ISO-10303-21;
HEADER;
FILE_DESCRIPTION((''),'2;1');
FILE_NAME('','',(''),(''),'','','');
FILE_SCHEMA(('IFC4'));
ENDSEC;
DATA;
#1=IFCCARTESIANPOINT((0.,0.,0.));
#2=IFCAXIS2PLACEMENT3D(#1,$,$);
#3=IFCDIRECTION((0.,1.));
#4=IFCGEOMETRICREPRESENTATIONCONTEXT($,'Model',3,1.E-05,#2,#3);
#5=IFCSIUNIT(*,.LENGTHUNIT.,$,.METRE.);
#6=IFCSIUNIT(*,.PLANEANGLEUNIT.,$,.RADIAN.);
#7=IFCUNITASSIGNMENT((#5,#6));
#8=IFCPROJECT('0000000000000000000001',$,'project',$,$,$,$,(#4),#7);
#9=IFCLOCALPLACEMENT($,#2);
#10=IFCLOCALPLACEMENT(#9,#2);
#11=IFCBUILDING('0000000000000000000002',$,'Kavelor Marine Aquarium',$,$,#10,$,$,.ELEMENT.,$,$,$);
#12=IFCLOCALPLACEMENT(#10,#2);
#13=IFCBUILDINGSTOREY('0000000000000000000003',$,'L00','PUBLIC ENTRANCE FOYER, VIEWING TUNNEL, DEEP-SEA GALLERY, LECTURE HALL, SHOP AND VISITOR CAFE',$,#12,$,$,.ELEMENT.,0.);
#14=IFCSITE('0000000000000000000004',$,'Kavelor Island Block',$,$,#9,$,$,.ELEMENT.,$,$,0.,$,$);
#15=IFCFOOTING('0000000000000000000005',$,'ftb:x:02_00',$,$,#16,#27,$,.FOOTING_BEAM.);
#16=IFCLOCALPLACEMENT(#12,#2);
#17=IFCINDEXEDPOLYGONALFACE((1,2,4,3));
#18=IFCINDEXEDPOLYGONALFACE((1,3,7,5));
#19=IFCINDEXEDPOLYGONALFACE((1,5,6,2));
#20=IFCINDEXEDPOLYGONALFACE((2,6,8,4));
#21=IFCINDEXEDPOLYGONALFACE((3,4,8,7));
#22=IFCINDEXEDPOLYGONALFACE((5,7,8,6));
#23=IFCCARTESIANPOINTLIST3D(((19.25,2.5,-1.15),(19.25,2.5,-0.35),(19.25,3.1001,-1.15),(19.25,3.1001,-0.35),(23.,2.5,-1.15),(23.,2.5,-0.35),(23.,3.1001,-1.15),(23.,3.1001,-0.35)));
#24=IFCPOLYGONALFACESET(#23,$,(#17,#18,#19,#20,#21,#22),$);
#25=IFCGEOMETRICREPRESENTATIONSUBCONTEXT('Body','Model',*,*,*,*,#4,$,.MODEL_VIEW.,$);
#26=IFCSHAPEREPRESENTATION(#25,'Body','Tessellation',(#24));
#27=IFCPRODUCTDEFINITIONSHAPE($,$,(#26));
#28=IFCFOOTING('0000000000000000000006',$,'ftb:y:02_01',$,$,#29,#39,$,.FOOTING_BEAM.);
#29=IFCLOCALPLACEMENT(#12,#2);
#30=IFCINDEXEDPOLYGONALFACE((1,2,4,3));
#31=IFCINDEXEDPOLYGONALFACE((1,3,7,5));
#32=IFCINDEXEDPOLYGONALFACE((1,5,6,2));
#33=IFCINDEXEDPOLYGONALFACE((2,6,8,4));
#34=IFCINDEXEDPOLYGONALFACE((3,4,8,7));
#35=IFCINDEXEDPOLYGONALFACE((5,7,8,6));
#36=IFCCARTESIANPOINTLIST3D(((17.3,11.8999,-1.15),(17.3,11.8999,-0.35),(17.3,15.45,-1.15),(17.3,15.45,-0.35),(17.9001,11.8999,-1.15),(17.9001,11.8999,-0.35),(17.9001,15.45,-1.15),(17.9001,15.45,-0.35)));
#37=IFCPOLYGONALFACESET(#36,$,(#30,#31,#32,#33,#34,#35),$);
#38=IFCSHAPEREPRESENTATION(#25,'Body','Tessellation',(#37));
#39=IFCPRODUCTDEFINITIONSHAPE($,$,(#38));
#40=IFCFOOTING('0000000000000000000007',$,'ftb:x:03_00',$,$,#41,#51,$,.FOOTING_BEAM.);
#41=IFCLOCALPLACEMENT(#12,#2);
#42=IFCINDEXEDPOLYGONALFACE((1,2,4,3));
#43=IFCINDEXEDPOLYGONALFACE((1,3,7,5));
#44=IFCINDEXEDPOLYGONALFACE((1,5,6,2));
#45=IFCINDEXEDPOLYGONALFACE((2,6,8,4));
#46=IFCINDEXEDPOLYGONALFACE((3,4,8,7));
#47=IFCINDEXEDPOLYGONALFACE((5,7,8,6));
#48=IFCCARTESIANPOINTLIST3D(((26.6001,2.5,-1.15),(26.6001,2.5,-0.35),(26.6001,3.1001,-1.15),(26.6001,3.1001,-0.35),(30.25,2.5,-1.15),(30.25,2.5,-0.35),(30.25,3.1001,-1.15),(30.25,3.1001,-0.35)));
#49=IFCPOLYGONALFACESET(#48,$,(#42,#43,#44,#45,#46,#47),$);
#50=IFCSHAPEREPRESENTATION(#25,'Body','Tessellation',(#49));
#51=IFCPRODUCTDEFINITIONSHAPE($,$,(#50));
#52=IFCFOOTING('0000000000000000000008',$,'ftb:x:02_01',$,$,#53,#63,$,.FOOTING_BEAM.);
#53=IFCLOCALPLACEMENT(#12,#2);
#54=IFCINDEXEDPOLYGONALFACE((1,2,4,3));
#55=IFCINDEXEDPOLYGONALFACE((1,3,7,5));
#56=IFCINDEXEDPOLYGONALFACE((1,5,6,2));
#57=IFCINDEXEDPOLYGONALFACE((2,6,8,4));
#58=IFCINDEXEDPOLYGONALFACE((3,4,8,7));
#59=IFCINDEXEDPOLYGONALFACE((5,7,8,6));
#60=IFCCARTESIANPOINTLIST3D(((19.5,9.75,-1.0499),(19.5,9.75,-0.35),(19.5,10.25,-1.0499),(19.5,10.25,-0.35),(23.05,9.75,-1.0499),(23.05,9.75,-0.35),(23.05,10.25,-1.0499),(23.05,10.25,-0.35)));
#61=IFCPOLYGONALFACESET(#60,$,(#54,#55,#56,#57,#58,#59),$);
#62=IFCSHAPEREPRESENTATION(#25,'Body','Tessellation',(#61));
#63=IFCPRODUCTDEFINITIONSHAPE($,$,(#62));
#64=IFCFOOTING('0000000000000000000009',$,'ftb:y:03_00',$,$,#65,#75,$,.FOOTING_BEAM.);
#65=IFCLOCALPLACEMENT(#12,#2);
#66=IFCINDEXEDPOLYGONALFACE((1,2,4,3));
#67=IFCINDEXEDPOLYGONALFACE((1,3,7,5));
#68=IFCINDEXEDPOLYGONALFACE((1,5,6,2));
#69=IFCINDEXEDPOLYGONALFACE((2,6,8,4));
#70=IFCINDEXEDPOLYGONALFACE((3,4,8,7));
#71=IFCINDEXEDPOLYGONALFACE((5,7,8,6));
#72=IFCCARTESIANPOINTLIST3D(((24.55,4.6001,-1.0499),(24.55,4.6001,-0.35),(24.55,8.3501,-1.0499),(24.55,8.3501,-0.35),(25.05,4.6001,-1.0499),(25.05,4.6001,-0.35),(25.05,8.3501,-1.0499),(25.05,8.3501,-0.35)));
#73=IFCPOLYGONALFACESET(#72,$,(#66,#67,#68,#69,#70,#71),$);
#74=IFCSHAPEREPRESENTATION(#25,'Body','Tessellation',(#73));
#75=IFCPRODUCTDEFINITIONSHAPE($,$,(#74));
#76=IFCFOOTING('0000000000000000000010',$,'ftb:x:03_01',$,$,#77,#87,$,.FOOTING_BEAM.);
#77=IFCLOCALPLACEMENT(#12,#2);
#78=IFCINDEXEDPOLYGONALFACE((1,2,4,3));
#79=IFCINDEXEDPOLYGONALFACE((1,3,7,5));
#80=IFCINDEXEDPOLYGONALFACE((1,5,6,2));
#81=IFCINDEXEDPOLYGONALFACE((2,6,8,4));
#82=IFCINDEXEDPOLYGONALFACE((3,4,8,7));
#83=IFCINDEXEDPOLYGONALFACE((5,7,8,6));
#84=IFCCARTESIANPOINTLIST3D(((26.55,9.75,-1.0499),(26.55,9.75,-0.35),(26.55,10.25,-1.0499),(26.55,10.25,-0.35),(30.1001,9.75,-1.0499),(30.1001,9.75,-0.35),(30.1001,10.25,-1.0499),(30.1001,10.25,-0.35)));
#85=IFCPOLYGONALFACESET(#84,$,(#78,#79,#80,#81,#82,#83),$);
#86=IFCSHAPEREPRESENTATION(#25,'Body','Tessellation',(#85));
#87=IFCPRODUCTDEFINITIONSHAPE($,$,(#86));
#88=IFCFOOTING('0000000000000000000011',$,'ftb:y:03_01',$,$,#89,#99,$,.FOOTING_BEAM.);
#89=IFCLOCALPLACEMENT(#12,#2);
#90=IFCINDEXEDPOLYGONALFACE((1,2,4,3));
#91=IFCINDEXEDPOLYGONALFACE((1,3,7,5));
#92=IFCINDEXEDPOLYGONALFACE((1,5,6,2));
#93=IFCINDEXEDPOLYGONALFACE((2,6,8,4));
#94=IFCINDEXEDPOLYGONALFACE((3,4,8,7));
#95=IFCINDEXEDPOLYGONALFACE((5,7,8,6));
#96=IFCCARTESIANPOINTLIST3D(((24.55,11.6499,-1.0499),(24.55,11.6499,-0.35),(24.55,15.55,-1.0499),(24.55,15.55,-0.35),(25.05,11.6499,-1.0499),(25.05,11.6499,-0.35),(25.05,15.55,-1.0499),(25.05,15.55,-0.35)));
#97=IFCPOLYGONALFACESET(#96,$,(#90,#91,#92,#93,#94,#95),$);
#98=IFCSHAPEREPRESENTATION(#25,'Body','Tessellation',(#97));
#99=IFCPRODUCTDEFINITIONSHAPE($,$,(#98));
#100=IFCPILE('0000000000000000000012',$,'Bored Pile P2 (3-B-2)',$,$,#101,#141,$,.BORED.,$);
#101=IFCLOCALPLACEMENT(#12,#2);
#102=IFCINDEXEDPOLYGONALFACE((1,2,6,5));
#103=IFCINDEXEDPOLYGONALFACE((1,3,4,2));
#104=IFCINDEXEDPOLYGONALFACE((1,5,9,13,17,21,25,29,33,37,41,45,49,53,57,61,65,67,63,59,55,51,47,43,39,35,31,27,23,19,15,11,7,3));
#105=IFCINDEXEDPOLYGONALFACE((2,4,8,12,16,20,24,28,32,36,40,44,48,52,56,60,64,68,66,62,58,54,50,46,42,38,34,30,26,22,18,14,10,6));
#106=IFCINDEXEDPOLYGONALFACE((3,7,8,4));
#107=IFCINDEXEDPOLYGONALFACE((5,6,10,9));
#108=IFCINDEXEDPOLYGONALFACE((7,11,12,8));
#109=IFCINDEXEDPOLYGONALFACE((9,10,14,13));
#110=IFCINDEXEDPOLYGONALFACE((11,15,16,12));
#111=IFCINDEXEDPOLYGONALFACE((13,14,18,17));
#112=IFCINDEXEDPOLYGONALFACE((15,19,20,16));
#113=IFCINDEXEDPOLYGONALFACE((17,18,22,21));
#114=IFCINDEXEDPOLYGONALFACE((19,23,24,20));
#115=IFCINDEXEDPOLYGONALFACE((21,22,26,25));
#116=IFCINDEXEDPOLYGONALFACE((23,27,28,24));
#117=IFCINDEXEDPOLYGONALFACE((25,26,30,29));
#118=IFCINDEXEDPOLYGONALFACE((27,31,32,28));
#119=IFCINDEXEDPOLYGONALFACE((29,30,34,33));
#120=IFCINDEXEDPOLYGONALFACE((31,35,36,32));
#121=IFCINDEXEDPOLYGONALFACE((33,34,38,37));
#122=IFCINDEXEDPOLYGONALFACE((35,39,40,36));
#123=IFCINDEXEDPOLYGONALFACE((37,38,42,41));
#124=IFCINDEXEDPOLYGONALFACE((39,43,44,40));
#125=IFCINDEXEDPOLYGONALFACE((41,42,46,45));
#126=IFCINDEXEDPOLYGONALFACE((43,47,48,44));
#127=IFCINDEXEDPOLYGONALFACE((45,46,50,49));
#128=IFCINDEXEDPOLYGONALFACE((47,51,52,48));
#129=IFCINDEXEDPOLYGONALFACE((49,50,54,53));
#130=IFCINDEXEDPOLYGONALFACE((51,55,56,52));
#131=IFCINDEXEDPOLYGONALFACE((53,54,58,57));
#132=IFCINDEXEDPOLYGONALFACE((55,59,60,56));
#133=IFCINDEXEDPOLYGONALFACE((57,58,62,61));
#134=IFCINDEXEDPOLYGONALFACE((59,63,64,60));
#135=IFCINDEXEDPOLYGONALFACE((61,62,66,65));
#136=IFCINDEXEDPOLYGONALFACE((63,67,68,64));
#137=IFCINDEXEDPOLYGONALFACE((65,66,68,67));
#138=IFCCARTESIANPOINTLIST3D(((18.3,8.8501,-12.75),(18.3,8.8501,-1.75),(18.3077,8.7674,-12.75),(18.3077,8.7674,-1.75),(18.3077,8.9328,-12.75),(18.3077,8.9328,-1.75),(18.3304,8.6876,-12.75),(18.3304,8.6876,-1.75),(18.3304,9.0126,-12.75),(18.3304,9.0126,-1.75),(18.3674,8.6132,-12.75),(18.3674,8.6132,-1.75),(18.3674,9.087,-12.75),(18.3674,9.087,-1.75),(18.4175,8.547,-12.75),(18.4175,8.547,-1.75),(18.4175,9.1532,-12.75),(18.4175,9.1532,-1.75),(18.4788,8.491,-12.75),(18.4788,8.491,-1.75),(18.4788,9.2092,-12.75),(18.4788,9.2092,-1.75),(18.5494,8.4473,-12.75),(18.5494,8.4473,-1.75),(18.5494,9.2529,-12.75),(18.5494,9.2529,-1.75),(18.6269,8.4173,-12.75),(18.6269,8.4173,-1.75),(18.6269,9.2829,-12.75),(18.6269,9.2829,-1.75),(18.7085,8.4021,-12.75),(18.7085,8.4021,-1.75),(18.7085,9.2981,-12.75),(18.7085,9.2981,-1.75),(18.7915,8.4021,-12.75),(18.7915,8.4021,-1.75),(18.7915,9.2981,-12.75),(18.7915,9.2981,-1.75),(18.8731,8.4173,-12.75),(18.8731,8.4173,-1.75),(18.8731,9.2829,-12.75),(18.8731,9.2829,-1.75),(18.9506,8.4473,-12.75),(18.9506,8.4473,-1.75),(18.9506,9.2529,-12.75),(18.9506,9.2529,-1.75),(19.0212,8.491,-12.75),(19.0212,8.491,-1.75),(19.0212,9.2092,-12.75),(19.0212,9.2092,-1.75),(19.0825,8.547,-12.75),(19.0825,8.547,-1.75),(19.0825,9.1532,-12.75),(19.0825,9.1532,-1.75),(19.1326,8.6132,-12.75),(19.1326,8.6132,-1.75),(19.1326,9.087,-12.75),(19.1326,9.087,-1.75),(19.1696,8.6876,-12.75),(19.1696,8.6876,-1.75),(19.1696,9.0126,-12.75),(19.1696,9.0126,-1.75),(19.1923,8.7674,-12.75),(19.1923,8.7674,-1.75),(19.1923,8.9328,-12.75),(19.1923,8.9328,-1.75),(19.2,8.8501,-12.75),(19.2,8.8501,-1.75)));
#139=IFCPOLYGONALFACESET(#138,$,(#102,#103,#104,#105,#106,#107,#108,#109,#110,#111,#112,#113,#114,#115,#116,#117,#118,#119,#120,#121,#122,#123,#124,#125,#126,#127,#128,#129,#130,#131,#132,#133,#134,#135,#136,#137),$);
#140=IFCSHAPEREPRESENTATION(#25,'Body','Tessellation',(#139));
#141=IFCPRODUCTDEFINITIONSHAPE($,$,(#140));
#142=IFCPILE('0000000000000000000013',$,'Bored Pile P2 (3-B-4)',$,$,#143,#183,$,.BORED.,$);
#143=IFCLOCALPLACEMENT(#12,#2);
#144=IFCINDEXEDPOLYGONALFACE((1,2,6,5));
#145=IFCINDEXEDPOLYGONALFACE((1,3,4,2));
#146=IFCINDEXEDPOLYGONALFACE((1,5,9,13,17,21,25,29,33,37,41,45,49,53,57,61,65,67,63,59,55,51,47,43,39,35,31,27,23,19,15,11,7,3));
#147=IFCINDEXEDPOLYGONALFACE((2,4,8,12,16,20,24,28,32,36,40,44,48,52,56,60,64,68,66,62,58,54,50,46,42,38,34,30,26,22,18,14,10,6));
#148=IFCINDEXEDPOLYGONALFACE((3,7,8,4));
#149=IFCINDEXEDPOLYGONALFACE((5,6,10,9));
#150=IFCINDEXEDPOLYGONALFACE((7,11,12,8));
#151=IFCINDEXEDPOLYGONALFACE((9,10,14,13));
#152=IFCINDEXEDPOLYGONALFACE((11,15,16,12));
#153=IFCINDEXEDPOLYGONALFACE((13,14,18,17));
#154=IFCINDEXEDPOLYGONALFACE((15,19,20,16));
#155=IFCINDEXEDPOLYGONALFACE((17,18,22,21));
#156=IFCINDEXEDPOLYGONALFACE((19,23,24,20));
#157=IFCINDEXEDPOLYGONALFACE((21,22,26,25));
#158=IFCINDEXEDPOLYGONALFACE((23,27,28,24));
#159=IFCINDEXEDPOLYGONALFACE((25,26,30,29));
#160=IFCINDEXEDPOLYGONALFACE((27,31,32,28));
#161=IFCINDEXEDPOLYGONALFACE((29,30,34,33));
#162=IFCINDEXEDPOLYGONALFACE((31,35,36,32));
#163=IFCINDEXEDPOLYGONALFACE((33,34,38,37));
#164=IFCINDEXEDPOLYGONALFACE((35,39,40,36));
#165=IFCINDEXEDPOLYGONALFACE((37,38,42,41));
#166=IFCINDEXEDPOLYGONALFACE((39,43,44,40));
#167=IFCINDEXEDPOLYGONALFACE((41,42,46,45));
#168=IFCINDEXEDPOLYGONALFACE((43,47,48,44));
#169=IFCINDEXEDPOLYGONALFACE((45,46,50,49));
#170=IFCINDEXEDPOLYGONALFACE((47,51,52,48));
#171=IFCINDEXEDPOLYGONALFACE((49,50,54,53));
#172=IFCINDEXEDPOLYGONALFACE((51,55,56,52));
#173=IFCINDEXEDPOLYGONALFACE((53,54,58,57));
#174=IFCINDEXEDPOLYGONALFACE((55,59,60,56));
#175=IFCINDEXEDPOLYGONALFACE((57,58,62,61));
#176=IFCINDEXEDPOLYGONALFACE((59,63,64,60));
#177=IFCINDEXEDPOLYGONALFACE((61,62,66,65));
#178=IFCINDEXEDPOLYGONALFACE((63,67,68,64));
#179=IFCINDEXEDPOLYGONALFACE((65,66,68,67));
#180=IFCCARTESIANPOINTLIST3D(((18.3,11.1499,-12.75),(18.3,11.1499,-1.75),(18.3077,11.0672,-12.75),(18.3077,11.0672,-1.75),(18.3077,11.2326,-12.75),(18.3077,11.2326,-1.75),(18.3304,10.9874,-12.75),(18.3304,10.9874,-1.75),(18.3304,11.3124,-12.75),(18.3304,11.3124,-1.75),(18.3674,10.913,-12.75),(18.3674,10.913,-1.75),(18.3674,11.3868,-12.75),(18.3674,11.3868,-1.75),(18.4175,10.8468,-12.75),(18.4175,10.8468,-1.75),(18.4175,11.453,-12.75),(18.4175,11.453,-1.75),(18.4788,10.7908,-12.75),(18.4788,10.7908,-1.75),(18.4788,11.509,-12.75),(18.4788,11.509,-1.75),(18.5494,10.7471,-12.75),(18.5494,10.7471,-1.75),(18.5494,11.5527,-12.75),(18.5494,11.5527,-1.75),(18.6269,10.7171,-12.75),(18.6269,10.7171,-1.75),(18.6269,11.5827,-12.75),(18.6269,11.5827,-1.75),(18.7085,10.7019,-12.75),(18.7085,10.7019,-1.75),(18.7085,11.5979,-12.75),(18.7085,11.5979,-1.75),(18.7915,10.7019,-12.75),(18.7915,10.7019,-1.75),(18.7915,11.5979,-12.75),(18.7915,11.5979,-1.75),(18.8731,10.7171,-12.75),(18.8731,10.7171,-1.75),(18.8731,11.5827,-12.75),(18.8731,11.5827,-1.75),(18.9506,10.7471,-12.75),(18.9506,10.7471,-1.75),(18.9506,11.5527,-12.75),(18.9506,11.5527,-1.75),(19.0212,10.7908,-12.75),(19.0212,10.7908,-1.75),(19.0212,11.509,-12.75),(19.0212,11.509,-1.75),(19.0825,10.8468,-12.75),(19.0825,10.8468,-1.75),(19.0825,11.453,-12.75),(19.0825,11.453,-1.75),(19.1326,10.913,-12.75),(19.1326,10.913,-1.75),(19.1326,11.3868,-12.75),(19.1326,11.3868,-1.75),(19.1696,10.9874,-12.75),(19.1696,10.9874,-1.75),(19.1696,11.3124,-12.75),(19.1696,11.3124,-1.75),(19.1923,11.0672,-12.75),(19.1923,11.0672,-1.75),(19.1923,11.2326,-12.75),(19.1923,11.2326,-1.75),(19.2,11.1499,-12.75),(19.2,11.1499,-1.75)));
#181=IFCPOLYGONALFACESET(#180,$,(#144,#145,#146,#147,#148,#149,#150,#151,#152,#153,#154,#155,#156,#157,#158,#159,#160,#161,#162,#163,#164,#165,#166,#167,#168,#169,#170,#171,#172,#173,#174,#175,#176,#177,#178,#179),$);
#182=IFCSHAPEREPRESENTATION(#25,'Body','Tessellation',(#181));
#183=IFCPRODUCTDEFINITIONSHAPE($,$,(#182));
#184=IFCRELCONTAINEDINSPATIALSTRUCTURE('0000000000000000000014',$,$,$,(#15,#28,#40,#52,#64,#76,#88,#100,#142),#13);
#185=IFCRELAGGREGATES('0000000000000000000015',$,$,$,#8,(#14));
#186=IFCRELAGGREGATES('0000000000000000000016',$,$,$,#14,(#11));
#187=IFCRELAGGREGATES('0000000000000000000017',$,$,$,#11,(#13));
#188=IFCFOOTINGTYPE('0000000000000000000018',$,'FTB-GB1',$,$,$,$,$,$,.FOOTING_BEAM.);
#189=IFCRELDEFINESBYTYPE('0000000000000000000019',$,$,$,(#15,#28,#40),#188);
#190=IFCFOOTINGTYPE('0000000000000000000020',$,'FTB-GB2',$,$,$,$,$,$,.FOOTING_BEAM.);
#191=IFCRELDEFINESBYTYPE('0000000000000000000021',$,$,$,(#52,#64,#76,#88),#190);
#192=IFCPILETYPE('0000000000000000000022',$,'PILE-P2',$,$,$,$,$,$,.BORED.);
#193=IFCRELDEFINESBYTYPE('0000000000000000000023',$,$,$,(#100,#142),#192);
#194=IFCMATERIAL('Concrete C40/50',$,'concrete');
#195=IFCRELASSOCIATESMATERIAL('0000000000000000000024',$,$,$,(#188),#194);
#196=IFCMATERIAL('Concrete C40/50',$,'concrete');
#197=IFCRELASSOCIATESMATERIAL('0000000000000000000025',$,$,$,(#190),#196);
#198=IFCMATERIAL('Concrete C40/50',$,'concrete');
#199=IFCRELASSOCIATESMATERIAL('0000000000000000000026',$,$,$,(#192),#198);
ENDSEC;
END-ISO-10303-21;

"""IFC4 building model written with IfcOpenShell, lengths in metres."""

from ifc_helpers import new_model, si_unit, direction, frame, origin, origin_2d, place, context, subcontext, project, spatial, rectangle, circle, extrude, material, material_profile, profile_set, type_object, element, save


model = new_model("IFC4")

# Units and contexts
model_context = context("Model", 3, precision=1e-05, world=origin(), true_north=direction((0.0, 1.0)))
body_context = subcontext(model_context, "Body", "Model", "MODEL_VIEW")
ifc_project = project(units=[si_unit("LENGTHUNIT", "METRE"), si_unit("PLANEANGLEUNIT", "RADIAN")], contexts=[model_context])

# Site, building, storey
site_placement = place(None, origin())
site = spatial("IfcSite", under=ifc_project, at=site_placement, Name="Kavelor Island Block", CompositionType="ELEMENT", RefElevation=0.0)
building_placement = place(site_placement, origin())
building = spatial("IfcBuilding", under=site, at=building_placement, Name="Kavelor Marine Aquarium", CompositionType="ELEMENT")
storey_placement = place(building_placement, origin())
storey = spatial("IfcBuildingStorey", under=building, at=storey_placement, Name="L00", Description="PUBLIC ENTRANCE FOYER, VIEWING TUNNEL, DEEP-SEA GALLERY, LECTURE HALL, SHOP AND VISITOR CAFE", CompositionType="ELEMENT", Elevation=0.0)

# Footings
ifc_material_1 = material(Name="Concrete C40/50", Category="concrete")
ifc_material_profile_1 = material_profile(ifc_material_1, rectangle(XDim=0.6001, YDim=0.8, at=origin_2d()), Name="GB 600x800")
ifc_profile_set_1 = profile_set([ifc_material_profile_1], Name="Concrete C40/50")
footing_type_1 = type_object("IfcFootingType", Name="FTB-GB1", PredefinedType="FOOTING_BEAM", material=ifc_profile_set_1)
footing_1_placement = place(storey_placement, frame((19.25, 2.8, -0.75), z_axis=(1.0, 0.0, 0.0), x_axis=(0.0, 1.0, 0.0)))
element("IfcFooting", 1, at=footing_1_placement, inside=storey, type_object=footing_type_1, Name="ftb:x:02_00", PredefinedType="FOOTING_BEAM", context=body_context, shape_type="SweptSolid", body=[
    extrude(rectangle(XDim=0.6001, YDim=0.8, at=origin_2d()), origin(), (0.0, 0.0, 1.0), 3.75),
])
footing_2_placement = place(storey_placement, frame((17.6001, 11.8999, -0.75), z_axis=(0.0, 1.0, 0.0), x_axis=(-1.0, 0.0, 0.0)))
element("IfcFooting", 2, at=footing_2_placement, inside=storey, type_object=footing_type_1, Name="ftb:y:02_01", PredefinedType="FOOTING_BEAM", context=body_context, shape_type="SweptSolid", body=[
    extrude(rectangle(XDim=0.6001, YDim=0.8, at=origin_2d()), origin(), (0.0, 0.0, 1.0), 3.55),
])
footing_3_placement = place(storey_placement, frame((26.6001, 2.8, -0.75), z_axis=(1.0, 0.0, 0.0), x_axis=(0.0, 1.0, 0.0)))
element("IfcFooting", 3, at=footing_3_placement, inside=storey, type_object=footing_type_1, Name="ftb:x:03_00", PredefinedType="FOOTING_BEAM", context=body_context, shape_type="SweptSolid", body=[
    extrude(rectangle(XDim=0.6001, YDim=0.8, at=origin_2d()), origin(), (0.0, 0.0, 1.0), 3.6499),
])
ifc_material_2 = material(Name="Concrete C40/50", Category="concrete")
ifc_material_profile_2 = material_profile(ifc_material_2, rectangle(XDim=0.5, YDim=0.7, at=origin_2d()), Name="GB 500x700")
ifc_profile_set_2 = profile_set([ifc_material_profile_2], Name="Concrete C40/50")
footing_type_2 = type_object("IfcFootingType", Name="FTB-GB2", PredefinedType="FOOTING_BEAM", material=ifc_profile_set_2)
footing_4_placement = place(storey_placement, frame((19.5, 10.0, -0.7), z_axis=(1.0, 0.0, 0.0), x_axis=(0.0, 1.0, 0.0)))
element("IfcFooting", 4, at=footing_4_placement, inside=storey, type_object=footing_type_2, Name="ftb:x:02_01", PredefinedType="FOOTING_BEAM", context=body_context, shape_type="SweptSolid", body=[
    extrude(rectangle(XDim=0.5, YDim=0.7, at=origin_2d()), origin(), (0.0, 0.0, 1.0), 3.55),
])
footing_5_placement = place(storey_placement, frame((24.8, 4.6001, -0.7), z_axis=(0.0, 1.0, 0.0), x_axis=(-1.0, 0.0, 0.0)))
element("IfcFooting", 5, at=footing_5_placement, inside=storey, type_object=footing_type_2, Name="ftb:y:03_00", PredefinedType="FOOTING_BEAM", context=body_context, shape_type="SweptSolid", body=[
    extrude(rectangle(XDim=0.5, YDim=0.7, at=origin_2d()), origin(), (0.0, 0.0, 1.0), 3.75),
])
footing_6_placement = place(storey_placement, frame((26.55, 10.0, -0.7), z_axis=(1.0, 0.0, 0.0), x_axis=(0.0, 1.0, 0.0)))
element("IfcFooting", 6, at=footing_6_placement, inside=storey, type_object=footing_type_2, Name="ftb:x:03_01", PredefinedType="FOOTING_BEAM", context=body_context, shape_type="SweptSolid", body=[
    extrude(rectangle(XDim=0.5, YDim=0.7, at=origin_2d()), origin(), (0.0, 0.0, 1.0), 3.55),
])
footing_7_placement = place(storey_placement, frame((24.8, 11.6499, -0.7), z_axis=(0.0, 1.0, 0.0), x_axis=(-1.0, 0.0, 0.0)))
element("IfcFooting", 7, at=footing_7_placement, inside=storey, type_object=footing_type_2, Name="ftb:y:03_01", PredefinedType="FOOTING_BEAM", context=body_context, shape_type="SweptSolid", body=[
    extrude(rectangle(XDim=0.5, YDim=0.7, at=origin_2d()), origin(), (0.0, 0.0, 1.0), 3.9001),
])

# Piles
ifc_material_3 = material(Name="Concrete C40/50", Category="concrete")
ifc_material_profile_3 = material_profile(ifc_material_3, circle(Radius=0.45, at=origin_2d()), Name="PILE D900")
ifc_profile_set_3 = profile_set([ifc_material_profile_3], Name="Concrete C40/50")
pile_type_1 = type_object("IfcPileType", Name="PILE-P2", PredefinedType="BORED", material=ifc_profile_set_3)
for number, where, z_axis, x_axis, name in (
    (8, (18.75, 8.8501, -1.75), (0.0, 0.0, -1.0), (1.0, 0.0, 0.0), "Bored Pile P2 (3-B-2)"),
    (9, (18.75, 11.1499, -1.75), (0.0, 0.0, -1.0), (1.0, 0.0, 0.0), "Bored Pile P2 (3-B-4)"),
):
    element("IfcPile", number, at=place(storey_placement, frame(where, z_axis=z_axis, x_axis=x_axis)), inside=storey, type_object=pile_type_1, Name=name, PredefinedType="BORED", context=body_context, shape_type="SweptSolid", body=[
        extrude(circle(Radius=0.45, at=origin_2d()), origin(), (0.0, 0.0, 1.0), 11.0),
    ])

save(model, "model.ifc")
